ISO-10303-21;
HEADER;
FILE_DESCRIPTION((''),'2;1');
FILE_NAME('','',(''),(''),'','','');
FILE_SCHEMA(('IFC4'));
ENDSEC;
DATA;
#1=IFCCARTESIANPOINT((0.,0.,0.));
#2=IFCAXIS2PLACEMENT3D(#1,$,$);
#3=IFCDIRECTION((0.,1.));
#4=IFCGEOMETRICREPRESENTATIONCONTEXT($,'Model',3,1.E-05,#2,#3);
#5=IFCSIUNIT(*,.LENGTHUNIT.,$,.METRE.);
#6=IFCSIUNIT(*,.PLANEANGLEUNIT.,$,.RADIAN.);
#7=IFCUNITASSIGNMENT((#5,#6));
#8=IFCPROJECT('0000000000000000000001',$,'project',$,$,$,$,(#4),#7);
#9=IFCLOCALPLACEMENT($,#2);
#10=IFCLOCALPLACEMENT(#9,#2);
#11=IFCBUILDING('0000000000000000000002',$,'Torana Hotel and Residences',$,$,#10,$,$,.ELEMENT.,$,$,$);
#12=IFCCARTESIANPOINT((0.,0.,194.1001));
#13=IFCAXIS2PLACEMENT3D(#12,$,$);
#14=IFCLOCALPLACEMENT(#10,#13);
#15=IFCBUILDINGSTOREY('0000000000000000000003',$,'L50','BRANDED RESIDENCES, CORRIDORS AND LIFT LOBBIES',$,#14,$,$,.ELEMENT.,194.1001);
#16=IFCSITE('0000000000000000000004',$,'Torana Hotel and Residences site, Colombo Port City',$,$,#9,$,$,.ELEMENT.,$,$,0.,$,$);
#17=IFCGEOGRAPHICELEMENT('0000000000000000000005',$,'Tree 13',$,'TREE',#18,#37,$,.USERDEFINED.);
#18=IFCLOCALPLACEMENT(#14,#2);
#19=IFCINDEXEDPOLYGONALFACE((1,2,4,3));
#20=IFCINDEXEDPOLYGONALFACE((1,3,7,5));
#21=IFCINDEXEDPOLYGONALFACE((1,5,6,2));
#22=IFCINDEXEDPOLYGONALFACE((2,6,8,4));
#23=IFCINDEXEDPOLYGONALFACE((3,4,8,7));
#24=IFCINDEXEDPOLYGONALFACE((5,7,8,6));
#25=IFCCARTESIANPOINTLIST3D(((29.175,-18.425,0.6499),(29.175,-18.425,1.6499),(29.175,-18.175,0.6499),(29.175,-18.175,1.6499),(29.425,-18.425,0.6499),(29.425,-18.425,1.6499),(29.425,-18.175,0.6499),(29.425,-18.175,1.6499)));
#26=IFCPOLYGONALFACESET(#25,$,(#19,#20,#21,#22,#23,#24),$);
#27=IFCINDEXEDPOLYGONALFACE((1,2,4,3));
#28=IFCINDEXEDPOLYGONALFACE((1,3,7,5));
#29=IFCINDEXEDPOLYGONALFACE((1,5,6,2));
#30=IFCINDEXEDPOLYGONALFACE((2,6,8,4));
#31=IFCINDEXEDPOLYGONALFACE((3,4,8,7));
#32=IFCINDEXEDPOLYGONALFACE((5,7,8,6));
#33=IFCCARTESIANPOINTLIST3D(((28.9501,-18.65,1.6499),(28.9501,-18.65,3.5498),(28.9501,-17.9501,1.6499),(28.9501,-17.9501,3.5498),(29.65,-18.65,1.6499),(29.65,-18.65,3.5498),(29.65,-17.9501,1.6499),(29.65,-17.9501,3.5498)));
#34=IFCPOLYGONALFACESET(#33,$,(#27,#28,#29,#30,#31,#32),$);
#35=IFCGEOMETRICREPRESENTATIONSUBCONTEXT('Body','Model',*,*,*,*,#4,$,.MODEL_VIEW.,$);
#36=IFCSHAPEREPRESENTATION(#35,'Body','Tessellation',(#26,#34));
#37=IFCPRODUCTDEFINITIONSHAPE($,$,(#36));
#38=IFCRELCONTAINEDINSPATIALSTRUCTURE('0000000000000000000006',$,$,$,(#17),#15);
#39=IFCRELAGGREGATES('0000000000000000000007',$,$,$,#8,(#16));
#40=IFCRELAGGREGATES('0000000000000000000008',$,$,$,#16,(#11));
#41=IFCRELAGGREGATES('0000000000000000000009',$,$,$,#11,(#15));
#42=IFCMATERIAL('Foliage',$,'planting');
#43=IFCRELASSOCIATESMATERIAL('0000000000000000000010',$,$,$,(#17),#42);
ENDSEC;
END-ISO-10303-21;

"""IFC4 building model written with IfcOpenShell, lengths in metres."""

from ifc_helpers import new_model, si_unit, direction, frame, origin, origin_2d, place, context, subcontext, project, spatial, rectangle, extrude, material, element, save


model = new_model("IFC4")

# Units and contexts
model_context = context("Model", 3, precision=1e-05, world=origin(), true_north=direction((0.0, 1.0)))
body_context = subcontext(model_context, "Body", "Model", "MODEL_VIEW")
ifc_project = project(units=[si_unit("LENGTHUNIT", "METRE"), si_unit("PLANEANGLEUNIT", "RADIAN")], contexts=[model_context])

# Site, building, storey
site_placement = place(None, origin())
site = spatial("IfcSite", under=ifc_project, at=site_placement, Name="Torana Hotel and Residences site, Colombo Port City", CompositionType="ELEMENT", RefElevation=0.0)
building_placement = place(site_placement, origin())
building = spatial("IfcBuilding", under=site, at=building_placement, Name="Torana Hotel and Residences", CompositionType="ELEMENT")
storey_placement = place(building_placement, frame((0.0, 0.0, 194.1001)))
storey = spatial("IfcBuildingStorey", under=building, at=storey_placement, Name="L50", Description="BRANDED RESIDENCES, CORRIDORS AND LIFT LOBBIES", CompositionType="ELEMENT", Elevation=194.1001)

# Geographic element
ifc_material_1 = material(Name="Foliage", Category="planting")
geographic_element_placement = place(storey_placement, frame((29.3, -18.3, 0.6499), z_axis=(0.0, 0.0, 1.0), x_axis=(1.0, 0.0, 0.0)))
element("IfcGeographicElement", 1, at=geographic_element_placement, inside=storey, material=ifc_material_1, Name="Tree 13", ObjectType="TREE", PredefinedType="USERDEFINED", context=body_context, shape_type="SweptSolid", body=[
    extrude(rectangle(XDim=0.25, YDim=0.25, at=origin_2d()), origin(), (0.0, 0.0, 1.0), 1.0),
    extrude(rectangle(XDim=0.7, YDim=0.7, at=origin_2d()), frame((0.0, 0.0, 1.0)), (0.0, 0.0, 1.0), 1.8999),
])

save(model, "model.ifc")
